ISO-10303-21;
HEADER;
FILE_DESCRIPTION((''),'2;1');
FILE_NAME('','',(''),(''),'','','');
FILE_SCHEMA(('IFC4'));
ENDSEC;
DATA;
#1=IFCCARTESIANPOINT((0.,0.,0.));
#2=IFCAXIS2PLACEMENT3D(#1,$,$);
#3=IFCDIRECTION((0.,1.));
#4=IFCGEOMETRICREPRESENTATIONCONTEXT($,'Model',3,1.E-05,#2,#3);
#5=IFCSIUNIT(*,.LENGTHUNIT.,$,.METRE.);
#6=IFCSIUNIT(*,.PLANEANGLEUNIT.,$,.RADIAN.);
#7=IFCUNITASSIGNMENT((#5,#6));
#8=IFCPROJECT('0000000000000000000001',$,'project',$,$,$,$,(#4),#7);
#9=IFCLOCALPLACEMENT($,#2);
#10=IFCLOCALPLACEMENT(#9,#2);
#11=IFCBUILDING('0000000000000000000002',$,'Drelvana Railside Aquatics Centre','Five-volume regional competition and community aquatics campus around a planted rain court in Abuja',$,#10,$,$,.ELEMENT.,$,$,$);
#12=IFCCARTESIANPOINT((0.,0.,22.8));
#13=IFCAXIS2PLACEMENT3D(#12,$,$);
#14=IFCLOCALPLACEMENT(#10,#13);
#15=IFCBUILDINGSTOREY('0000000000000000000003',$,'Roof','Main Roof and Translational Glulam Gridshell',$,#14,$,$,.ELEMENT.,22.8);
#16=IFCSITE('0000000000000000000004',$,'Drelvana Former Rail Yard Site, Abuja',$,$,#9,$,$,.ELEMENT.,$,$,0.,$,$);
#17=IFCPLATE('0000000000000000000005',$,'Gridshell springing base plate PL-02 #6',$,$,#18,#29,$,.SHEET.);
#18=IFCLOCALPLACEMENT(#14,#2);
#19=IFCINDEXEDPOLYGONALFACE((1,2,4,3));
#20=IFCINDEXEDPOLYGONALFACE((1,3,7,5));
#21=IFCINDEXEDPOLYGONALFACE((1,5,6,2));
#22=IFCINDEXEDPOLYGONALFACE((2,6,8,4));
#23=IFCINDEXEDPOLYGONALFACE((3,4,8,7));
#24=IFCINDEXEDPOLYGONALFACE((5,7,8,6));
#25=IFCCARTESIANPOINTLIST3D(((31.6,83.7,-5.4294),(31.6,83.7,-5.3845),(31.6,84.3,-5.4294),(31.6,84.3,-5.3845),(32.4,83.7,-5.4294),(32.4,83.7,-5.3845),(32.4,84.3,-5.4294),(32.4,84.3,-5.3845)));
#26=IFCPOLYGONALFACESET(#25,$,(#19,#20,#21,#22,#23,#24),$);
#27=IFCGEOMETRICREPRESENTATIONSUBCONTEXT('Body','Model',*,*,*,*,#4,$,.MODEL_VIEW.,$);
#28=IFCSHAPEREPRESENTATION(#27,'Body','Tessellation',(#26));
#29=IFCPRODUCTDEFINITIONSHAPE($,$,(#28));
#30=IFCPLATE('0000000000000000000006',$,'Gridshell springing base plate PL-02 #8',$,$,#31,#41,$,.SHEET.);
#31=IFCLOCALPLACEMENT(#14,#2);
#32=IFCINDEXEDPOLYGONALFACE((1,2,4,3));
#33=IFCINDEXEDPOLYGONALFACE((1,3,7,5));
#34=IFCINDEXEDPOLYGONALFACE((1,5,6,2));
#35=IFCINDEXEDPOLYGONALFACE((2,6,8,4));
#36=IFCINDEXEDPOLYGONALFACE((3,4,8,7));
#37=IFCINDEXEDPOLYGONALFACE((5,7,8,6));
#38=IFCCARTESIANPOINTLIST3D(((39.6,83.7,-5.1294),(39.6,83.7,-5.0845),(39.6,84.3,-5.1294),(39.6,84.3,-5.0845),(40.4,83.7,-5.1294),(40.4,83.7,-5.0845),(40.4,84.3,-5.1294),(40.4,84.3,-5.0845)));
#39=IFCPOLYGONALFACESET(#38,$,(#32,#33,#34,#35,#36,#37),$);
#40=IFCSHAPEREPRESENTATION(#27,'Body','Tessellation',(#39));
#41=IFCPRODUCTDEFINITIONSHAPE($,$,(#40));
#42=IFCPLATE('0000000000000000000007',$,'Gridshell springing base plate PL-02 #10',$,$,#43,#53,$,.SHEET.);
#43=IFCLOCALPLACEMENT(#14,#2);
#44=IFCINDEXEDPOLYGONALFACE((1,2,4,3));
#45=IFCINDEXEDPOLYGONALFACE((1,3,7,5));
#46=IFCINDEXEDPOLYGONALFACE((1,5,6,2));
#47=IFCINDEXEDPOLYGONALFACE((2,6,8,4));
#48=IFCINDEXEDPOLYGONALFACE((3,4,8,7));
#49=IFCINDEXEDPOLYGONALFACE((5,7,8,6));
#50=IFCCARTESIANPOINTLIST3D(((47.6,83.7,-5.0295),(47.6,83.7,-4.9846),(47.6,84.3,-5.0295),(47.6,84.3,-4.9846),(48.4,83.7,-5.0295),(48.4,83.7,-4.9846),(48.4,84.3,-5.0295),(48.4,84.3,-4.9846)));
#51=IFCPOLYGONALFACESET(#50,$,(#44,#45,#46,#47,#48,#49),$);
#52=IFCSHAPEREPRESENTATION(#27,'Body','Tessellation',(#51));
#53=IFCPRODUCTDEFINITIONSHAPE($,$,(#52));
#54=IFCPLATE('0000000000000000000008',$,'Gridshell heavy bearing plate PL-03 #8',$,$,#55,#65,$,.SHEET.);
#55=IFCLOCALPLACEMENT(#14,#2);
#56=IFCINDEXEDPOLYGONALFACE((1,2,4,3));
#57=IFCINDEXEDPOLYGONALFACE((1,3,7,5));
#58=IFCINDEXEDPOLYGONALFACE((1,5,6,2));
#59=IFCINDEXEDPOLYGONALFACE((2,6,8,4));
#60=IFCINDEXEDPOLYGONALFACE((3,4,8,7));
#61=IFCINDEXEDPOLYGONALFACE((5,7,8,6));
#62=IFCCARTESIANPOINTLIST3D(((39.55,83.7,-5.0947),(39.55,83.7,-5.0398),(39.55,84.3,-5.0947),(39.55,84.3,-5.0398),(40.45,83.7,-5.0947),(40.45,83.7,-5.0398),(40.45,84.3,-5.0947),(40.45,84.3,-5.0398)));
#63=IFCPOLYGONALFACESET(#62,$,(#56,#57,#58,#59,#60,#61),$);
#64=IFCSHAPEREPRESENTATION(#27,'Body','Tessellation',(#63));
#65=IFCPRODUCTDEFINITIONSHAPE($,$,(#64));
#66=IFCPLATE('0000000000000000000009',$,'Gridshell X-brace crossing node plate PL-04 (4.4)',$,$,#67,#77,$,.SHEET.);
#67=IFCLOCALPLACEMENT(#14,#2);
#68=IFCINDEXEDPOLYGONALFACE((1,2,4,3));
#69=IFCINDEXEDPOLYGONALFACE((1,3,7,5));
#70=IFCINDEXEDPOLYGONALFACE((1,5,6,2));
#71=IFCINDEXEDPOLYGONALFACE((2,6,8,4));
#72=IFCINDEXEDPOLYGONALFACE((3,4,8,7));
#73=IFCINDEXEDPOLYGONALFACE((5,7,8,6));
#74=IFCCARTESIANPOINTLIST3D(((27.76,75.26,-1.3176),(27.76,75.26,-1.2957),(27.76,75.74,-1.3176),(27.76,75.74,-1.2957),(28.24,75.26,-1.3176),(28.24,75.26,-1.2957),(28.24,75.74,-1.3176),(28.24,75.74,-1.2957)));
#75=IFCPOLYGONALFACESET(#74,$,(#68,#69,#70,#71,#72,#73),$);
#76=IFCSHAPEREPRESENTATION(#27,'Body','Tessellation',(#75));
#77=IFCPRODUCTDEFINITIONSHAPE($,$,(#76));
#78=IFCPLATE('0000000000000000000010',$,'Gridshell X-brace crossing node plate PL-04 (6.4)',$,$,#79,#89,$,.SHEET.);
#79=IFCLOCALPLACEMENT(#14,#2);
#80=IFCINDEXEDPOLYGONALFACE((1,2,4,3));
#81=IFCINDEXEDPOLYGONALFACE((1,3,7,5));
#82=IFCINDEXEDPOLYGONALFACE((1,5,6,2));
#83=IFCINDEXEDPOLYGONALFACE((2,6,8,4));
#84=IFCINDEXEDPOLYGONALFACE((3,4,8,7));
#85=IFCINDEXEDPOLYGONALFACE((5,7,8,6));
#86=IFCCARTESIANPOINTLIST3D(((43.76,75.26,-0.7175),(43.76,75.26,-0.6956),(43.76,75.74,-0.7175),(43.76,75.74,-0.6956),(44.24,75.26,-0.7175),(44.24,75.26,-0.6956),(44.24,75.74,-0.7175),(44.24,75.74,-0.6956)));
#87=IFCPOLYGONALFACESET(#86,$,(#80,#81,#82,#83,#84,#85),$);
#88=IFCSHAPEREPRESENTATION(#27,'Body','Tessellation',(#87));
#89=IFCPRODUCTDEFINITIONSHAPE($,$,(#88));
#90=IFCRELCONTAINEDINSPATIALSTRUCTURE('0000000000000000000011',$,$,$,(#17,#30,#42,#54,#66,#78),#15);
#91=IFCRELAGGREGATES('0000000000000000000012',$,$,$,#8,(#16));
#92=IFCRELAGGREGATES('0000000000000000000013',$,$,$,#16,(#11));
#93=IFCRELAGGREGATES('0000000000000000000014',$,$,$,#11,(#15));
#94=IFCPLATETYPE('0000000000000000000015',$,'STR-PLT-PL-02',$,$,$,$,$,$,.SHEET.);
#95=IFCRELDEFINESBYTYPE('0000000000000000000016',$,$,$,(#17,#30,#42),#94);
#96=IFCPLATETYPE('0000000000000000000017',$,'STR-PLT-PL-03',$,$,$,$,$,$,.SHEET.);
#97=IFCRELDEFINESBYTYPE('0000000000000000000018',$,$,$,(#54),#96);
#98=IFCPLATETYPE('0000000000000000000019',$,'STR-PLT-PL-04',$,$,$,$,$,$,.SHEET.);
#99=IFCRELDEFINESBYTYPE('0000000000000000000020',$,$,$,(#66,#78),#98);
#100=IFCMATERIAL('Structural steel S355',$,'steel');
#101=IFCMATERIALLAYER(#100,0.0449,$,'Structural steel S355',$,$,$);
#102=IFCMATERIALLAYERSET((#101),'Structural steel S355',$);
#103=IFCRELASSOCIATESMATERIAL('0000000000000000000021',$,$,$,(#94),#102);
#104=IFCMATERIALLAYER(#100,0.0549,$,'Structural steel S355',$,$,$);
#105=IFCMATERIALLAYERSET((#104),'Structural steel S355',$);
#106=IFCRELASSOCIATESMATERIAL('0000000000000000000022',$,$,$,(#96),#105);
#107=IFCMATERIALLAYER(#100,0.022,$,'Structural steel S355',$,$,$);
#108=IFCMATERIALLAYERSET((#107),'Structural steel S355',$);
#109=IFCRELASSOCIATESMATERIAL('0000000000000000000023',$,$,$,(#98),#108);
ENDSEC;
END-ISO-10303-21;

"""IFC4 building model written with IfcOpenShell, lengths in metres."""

from ifc_helpers import new_model, si_unit, direction, frame, origin, origin_2d, place, context, subcontext, project, spatial, rectangle, extrude, material, layer, layer_set, type_object, element, save


model = new_model("IFC4")

# Units and contexts
model_context = context("Model", 3, precision=1e-05, world=origin(), true_north=direction((0.0, 1.0)))
body_context = subcontext(model_context, "Body", "Model", "MODEL_VIEW")
ifc_project = project(units=[si_unit("LENGTHUNIT", "METRE"), si_unit("PLANEANGLEUNIT", "RADIAN")], contexts=[model_context])

# Site, building, storey
site_placement = place(None, origin())
site = spatial("IfcSite", under=ifc_project, at=site_placement, Name="Drelvana Former Rail Yard Site, Abuja", CompositionType="ELEMENT", RefElevation=0.0)
building_placement = place(site_placement, origin())
building = spatial("IfcBuilding", under=site, at=building_placement, Name="Drelvana Railside Aquatics Centre", Description="Five-volume regional competition and community aquatics campus around a planted rain court in Abuja", CompositionType="ELEMENT")
storey_placement = place(building_placement, frame((0.0, 0.0, 22.8)))
storey = spatial("IfcBuildingStorey", under=building, at=storey_placement, Name="Roof", Description="Main Roof and Translational Glulam Gridshell", CompositionType="ELEMENT", Elevation=22.8)

# Shared definitions
ifc_material_1 = material(Name="Structural steel S355", Category="steel")

# Plates
ifc_layer_1 = layer(ifc_material_1, 0.0449, Name="Structural steel S355")
ifc_layer_set_1 = layer_set([ifc_layer_1], Name="Structural steel S355")
plate_type_1 = type_object("IfcPlateType", Name="STR-PLT-PL-02", PredefinedType="SHEET", material=ifc_layer_set_1)
for number, where, z_axis, x_axis, name in (
    (1, (32.0, 84.0, -5.4294), (0.0, 0.0, 1.0), (1.0, 0.0, 0.0), "Gridshell springing base plate PL-02 #6"),
    (2, (40.0, 84.0, -5.1294), (0.0, 0.0, 1.0), (1.0, 0.0, 0.0), "Gridshell springing base plate PL-02 #8"),
    (3, (48.0, 84.0, -5.0295), (0.0, 0.0, 1.0), (1.0, 0.0, 0.0), "Gridshell springing base plate PL-02 #10"),
):
    element("IfcPlate", number, at=place(storey_placement, frame(where, z_axis=z_axis, x_axis=x_axis)), inside=storey, type_object=plate_type_1, Name=name, PredefinedType="SHEET", context=body_context, shape_type="SweptSolid", body=[
        extrude(rectangle(XDim=0.8, YDim=0.6001, at=origin_2d()), origin(), (0.0, 0.0, 1.0), 0.0449),
    ])
ifc_layer_2 = layer(ifc_material_1, 0.0549, Name="Structural steel S355")
ifc_layer_set_2 = layer_set([ifc_layer_2], Name="Structural steel S355")
plate_type_2 = type_object("IfcPlateType", Name="STR-PLT-PL-03", PredefinedType="SHEET", material=ifc_layer_set_2)
plate_placement = place(storey_placement, frame((40.0, 84.0, -5.0947), z_axis=(0.0, 0.0, 1.0), x_axis=(1.0, 0.0, 0.0)))
element("IfcPlate", 4, at=plate_placement, inside=storey, type_object=plate_type_2, Name="Gridshell heavy bearing plate PL-03 #8", PredefinedType="SHEET", context=body_context, shape_type="SweptSolid", body=[
    extrude(rectangle(XDim=0.8999, YDim=0.6001, at=origin_2d()), origin(), (0.0, 0.0, 1.0), 0.0549),
])
ifc_layer_3 = layer(ifc_material_1, 0.022, Name="Structural steel S355")
ifc_layer_set_3 = layer_set([ifc_layer_3], Name="Structural steel S355")
plate_type_3 = type_object("IfcPlateType", Name="STR-PLT-PL-04", PredefinedType="SHEET", material=ifc_layer_set_3)
for number, where, z_axis, x_axis, name in (
    (5, (28.0, 75.5, -1.3176), (0.0, 0.0, 1.0), (1.0, 0.0, 0.0), "Gridshell X-brace crossing node plate PL-04 (4.4)"),
    (6, (44.0, 75.5, -0.7175), (0.0, 0.0, 1.0), (1.0, 0.0, 0.0), "Gridshell X-brace crossing node plate PL-04 (6.4)"),
):
    element("IfcPlate", number, at=place(storey_placement, frame(where, z_axis=z_axis, x_axis=x_axis)), inside=storey, type_object=plate_type_3, Name=name, PredefinedType="SHEET", context=body_context, shape_type="SweptSolid", body=[
        extrude(rectangle(XDim=0.48, YDim=0.48, at=origin_2d()), origin(), (0.0, 0.0, 1.0), 0.022),
    ])

save(model, "model.ifc")
